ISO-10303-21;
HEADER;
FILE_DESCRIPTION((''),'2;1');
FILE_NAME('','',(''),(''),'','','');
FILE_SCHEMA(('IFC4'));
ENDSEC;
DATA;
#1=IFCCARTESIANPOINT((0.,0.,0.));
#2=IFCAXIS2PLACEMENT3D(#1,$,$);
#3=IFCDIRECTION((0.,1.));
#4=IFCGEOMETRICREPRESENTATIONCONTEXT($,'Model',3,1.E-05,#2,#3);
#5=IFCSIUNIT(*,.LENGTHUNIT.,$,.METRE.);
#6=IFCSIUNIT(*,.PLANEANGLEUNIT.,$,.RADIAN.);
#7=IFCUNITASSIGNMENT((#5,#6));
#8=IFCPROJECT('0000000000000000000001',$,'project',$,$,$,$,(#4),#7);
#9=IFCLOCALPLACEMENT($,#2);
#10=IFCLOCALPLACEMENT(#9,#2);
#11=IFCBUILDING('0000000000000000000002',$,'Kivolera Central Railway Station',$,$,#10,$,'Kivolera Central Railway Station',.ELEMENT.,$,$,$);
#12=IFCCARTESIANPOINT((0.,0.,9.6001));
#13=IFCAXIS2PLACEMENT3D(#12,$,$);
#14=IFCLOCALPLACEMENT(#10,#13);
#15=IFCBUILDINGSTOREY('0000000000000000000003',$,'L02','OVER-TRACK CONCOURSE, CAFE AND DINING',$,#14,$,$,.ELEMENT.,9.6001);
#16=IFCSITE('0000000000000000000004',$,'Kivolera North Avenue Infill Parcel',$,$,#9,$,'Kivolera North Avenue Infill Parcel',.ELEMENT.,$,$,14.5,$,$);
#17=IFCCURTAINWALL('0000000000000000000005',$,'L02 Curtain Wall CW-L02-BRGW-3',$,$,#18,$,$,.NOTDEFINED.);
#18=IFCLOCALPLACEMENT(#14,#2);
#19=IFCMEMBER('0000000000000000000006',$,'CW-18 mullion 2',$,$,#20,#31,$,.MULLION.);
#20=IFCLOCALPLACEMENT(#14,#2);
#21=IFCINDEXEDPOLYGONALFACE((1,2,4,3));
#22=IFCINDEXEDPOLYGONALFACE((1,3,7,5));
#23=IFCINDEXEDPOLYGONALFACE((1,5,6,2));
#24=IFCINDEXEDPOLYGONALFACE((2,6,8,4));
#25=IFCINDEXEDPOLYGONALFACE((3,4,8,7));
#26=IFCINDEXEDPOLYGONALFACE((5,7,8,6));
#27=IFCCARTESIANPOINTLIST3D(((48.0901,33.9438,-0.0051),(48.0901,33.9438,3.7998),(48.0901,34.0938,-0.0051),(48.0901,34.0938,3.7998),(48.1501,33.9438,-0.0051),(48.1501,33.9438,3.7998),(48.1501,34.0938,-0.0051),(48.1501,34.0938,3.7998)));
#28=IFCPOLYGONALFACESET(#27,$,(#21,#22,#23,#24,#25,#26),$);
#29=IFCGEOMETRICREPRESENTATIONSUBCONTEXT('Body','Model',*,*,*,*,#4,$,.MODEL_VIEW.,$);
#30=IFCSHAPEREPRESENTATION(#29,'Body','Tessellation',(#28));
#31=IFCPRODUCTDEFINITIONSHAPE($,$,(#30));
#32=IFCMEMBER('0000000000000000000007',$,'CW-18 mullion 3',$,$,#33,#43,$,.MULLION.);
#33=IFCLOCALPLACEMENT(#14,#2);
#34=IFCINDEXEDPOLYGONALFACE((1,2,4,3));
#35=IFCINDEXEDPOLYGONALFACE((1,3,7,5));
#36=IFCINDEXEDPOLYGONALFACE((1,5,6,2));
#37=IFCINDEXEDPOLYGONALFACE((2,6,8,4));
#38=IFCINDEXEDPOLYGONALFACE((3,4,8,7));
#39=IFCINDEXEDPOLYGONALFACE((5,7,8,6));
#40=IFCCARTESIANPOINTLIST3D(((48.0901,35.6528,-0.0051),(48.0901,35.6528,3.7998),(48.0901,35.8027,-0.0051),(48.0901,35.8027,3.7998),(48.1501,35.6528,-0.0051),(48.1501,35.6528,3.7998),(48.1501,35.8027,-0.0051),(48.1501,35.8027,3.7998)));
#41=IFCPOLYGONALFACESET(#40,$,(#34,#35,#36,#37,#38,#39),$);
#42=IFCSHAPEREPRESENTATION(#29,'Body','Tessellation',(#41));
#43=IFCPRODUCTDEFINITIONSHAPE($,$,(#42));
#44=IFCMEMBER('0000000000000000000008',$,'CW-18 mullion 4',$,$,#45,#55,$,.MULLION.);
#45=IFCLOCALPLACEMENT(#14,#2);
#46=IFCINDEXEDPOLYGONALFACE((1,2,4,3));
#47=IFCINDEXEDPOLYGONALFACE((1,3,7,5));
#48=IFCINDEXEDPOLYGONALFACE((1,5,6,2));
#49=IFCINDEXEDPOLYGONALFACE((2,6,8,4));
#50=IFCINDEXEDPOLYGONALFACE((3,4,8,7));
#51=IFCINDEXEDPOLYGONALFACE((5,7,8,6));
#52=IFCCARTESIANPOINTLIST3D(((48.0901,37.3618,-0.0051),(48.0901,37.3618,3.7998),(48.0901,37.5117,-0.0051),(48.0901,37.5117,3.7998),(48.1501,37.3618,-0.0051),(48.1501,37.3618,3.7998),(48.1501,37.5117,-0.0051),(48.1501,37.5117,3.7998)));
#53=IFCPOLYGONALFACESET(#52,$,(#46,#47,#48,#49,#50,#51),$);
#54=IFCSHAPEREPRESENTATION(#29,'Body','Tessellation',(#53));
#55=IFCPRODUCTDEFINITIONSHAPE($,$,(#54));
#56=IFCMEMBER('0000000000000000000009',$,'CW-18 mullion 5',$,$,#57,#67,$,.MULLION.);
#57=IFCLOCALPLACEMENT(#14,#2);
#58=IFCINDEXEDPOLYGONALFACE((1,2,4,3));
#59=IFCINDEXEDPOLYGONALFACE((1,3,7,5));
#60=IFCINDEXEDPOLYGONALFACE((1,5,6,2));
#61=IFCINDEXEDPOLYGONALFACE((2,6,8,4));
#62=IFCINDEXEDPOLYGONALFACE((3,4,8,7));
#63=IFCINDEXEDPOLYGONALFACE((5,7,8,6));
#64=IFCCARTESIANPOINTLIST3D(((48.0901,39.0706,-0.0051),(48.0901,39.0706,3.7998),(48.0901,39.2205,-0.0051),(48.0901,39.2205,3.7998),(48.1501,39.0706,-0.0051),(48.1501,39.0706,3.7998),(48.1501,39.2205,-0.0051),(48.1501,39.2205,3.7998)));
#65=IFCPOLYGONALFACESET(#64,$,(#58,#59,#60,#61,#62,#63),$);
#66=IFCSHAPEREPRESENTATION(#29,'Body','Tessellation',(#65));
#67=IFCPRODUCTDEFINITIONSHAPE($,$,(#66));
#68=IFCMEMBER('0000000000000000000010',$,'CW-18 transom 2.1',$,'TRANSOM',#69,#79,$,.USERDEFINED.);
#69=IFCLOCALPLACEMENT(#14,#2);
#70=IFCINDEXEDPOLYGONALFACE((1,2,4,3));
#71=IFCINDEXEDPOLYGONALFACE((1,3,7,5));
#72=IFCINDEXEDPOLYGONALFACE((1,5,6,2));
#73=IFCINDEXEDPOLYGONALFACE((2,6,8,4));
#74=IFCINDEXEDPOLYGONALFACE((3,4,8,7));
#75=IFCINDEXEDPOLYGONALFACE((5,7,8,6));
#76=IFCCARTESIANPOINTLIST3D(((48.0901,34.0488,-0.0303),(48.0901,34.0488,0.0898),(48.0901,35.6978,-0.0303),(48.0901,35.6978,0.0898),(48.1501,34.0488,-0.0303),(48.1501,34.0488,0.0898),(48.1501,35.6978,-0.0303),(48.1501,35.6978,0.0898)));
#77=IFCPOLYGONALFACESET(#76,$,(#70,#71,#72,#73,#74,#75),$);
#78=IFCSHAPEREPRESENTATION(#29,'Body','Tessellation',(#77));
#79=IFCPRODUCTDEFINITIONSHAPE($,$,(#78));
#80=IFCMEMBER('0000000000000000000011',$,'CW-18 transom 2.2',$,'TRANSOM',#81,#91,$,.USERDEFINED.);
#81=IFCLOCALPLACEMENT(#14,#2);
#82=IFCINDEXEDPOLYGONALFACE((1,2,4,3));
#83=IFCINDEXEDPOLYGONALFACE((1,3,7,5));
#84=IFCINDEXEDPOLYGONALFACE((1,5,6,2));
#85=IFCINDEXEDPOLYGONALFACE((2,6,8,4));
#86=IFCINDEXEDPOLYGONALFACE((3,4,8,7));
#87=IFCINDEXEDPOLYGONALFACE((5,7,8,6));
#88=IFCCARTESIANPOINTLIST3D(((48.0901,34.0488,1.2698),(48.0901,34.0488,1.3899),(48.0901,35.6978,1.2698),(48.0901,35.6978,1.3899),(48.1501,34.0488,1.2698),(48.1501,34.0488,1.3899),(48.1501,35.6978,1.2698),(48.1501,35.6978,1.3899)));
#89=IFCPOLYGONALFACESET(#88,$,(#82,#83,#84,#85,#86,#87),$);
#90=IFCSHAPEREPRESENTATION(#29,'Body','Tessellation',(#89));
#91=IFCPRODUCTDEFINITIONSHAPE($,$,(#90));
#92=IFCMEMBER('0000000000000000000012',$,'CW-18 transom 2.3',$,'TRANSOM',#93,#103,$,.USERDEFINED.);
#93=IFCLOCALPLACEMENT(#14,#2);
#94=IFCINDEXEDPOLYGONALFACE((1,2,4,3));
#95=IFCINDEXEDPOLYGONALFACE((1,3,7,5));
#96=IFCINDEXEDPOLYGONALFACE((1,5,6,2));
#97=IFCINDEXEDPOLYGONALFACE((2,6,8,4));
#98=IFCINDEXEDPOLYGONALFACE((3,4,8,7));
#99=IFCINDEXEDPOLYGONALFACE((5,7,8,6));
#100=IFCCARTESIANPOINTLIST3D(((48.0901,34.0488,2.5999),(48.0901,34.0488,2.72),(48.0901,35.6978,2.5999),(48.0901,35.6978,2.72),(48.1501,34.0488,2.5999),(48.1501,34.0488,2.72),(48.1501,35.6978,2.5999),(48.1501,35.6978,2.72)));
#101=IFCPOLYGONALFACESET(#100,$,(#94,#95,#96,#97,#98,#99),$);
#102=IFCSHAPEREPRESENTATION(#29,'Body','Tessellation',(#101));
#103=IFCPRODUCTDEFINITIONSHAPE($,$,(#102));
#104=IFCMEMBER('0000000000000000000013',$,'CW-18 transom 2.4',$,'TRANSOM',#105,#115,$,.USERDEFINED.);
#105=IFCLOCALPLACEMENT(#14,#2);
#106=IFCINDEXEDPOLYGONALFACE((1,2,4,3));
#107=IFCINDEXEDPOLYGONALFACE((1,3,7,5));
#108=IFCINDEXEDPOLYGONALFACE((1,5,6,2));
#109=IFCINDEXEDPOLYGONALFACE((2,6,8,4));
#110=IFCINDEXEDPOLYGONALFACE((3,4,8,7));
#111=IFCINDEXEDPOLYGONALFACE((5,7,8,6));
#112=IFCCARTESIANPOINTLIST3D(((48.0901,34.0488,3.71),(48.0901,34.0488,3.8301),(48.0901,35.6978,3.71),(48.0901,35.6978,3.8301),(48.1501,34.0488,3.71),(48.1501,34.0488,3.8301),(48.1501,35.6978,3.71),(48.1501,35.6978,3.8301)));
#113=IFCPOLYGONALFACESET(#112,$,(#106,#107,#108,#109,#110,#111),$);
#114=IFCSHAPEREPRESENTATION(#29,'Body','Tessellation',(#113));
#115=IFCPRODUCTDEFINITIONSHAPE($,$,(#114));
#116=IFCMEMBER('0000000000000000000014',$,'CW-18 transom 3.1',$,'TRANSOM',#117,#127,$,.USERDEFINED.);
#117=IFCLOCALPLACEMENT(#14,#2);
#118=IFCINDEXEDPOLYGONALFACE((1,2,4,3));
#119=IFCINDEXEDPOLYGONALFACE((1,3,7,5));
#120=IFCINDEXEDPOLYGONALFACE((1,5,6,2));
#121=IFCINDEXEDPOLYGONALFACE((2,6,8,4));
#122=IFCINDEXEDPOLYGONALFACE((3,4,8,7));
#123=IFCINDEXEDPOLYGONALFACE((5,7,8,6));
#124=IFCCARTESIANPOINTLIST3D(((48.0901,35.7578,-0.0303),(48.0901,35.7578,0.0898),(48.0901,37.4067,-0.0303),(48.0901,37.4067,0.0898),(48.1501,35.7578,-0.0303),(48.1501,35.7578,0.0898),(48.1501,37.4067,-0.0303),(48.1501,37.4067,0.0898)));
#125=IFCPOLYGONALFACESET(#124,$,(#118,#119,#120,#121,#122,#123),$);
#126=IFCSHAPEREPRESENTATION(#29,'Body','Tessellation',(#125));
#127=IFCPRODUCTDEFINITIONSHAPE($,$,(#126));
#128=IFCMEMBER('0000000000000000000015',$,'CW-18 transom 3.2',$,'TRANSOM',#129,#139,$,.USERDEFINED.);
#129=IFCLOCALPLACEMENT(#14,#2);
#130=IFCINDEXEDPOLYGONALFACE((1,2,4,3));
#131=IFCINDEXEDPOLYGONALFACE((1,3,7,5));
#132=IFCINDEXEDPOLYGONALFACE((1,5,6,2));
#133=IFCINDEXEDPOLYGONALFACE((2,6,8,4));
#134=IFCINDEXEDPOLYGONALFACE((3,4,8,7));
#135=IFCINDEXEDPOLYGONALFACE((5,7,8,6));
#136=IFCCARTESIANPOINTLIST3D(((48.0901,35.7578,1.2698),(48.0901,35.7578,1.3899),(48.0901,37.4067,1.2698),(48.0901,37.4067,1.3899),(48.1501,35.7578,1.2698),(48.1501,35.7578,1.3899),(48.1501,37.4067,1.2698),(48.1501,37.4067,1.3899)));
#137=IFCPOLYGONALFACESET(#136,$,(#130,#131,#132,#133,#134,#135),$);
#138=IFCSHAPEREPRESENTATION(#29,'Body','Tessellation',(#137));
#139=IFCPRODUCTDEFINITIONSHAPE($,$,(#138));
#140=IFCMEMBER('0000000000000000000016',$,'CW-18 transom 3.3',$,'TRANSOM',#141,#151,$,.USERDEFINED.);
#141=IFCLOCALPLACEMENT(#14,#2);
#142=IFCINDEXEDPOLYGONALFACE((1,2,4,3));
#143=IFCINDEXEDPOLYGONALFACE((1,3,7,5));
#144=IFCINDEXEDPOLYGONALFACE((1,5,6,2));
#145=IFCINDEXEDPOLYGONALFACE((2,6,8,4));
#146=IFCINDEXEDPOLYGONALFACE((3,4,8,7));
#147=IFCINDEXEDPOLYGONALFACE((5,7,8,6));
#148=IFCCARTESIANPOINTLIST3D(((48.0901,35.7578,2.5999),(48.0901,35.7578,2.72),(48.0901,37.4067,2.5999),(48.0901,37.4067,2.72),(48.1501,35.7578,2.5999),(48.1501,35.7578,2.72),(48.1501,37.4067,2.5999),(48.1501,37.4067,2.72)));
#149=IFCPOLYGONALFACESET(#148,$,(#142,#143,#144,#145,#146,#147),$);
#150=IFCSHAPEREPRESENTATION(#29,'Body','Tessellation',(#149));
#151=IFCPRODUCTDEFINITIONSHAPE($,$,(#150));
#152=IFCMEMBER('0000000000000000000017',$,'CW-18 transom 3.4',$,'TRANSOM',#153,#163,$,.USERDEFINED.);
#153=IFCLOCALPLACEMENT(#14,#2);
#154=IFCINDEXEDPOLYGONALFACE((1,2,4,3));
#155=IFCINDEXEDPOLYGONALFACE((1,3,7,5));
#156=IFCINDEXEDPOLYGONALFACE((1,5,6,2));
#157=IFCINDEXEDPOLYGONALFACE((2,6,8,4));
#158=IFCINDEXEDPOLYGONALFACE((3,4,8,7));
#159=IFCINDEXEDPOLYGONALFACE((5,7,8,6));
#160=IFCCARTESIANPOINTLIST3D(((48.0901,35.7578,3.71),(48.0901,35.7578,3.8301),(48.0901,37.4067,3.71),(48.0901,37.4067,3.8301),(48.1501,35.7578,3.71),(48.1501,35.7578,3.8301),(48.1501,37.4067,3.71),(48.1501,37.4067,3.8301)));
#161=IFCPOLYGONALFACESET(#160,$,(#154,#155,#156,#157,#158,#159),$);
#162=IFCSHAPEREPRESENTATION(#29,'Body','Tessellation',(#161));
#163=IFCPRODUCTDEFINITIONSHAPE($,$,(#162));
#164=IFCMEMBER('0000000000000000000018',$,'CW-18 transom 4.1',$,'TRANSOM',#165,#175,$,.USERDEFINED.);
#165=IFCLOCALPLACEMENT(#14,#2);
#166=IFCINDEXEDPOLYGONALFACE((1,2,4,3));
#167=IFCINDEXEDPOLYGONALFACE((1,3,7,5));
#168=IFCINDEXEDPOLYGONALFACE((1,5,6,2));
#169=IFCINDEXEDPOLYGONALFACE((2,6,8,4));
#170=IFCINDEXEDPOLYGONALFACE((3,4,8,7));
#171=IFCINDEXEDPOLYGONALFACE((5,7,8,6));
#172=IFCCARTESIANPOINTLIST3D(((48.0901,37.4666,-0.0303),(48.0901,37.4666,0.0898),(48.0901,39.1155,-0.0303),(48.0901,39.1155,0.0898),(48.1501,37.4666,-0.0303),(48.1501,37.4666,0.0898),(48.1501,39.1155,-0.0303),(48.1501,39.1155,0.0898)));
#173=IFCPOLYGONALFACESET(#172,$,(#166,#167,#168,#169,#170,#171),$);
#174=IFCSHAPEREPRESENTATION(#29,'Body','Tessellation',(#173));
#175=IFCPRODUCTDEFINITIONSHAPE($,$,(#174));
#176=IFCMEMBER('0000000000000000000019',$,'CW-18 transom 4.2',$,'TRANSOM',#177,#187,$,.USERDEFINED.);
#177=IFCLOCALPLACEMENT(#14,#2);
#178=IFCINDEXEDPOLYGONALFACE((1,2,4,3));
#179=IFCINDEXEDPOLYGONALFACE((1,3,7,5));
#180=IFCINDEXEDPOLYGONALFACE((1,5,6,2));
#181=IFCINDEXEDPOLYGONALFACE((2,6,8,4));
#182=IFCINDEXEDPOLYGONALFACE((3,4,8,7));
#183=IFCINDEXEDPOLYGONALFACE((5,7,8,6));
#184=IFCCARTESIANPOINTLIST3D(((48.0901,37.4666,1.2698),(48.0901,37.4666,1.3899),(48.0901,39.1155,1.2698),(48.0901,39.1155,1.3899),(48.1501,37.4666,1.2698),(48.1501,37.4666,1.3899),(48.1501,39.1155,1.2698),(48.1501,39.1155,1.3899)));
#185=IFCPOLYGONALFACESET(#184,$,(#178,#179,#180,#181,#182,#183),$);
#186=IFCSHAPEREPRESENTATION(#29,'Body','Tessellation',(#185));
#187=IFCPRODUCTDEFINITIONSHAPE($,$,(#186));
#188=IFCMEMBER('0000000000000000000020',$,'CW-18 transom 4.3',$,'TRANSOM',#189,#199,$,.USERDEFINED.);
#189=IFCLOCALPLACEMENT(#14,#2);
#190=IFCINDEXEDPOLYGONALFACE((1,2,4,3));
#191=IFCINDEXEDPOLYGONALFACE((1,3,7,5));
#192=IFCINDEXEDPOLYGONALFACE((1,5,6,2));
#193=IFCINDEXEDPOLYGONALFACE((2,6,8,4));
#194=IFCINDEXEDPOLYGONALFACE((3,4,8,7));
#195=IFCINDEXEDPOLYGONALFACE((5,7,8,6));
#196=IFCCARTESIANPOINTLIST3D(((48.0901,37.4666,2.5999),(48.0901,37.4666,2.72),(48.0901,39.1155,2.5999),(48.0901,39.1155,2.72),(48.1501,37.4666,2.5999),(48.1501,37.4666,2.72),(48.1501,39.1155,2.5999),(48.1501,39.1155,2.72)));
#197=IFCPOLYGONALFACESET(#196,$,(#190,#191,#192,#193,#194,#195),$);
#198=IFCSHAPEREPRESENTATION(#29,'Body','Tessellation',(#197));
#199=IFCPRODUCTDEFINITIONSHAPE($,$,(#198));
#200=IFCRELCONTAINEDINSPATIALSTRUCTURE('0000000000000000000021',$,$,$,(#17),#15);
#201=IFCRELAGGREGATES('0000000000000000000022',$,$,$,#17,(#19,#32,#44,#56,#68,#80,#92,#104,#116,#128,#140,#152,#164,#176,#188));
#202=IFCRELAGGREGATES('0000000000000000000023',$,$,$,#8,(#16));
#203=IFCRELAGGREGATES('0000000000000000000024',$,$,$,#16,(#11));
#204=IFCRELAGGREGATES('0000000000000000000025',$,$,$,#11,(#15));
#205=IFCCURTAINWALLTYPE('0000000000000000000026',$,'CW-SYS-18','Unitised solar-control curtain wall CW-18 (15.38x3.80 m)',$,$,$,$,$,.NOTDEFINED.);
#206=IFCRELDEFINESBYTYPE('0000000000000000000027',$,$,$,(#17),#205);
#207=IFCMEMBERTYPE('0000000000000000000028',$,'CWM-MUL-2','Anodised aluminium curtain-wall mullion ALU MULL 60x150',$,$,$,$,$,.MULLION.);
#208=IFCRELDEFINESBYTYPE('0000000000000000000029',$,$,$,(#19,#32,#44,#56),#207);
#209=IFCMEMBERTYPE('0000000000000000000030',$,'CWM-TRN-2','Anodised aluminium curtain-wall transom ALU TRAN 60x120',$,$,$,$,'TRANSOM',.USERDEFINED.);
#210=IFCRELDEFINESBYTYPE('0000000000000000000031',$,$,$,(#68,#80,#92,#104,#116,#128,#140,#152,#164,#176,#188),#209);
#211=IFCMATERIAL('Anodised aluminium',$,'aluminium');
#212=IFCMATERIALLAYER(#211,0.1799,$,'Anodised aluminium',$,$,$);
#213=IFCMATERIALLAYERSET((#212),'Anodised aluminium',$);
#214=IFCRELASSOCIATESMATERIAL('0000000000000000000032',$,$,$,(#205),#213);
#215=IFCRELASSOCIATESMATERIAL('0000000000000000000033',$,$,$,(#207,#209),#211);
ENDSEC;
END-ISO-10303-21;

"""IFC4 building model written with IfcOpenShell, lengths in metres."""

from ifc_helpers import new_model, si_unit, direction, frame, origin, origin_2d, place, context, subcontext, project, spatial, rectangle, extrude, material, layer, layer_set, material_profile, profile_set, type_object, element, aggregate, save


model = new_model("IFC4")

# Units and contexts
model_context = context("Model", 3, precision=1e-05, world=origin(), true_north=direction((0.0, 1.0)))
body_context = subcontext(model_context, "Body", "Model", "MODEL_VIEW")
ifc_project = project(units=[si_unit("LENGTHUNIT", "METRE"), si_unit("PLANEANGLEUNIT", "RADIAN")], contexts=[model_context])

# Site, building, storey
site_placement = place(None, origin())
site = spatial("IfcSite", under=ifc_project, at=site_placement, Name="Kivolera North Avenue Infill Parcel", LongName="Kivolera North Avenue Infill Parcel", CompositionType="ELEMENT", RefElevation=14.5)
building_placement = place(site_placement, origin())
building = spatial("IfcBuilding", under=site, at=building_placement, Name="Kivolera Central Railway Station", LongName="Kivolera Central Railway Station", CompositionType="ELEMENT")
storey_placement = place(building_placement, frame((0.0, 0.0, 9.6001)))
storey = spatial("IfcBuildingStorey", under=building, at=storey_placement, Name="L02", Description="OVER-TRACK CONCOURSE, CAFE AND DINING", CompositionType="ELEMENT", Elevation=9.6001)

# Curtain wall, members
ifc_material_1 = material(Name="Anodised aluminium", Category="aluminium")
ifc_layer_1 = layer(ifc_material_1, 0.1799, Name="Anodised aluminium")
ifc_layer_set_1 = layer_set([ifc_layer_1], Name="Anodised aluminium")
curtain_wall_type = type_object("IfcCurtainWallType", Name="CW-SYS-18", Description="Unitised solar-control curtain wall CW-18 (15.38x3.80 m)", PredefinedType="NOTDEFINED", material=ifc_layer_set_1)
curtain_wall_placement = place(storey_placement, origin())
curtain_wall = element("IfcCurtainWall", 1, at=curtain_wall_placement, inside=storey, type_object=curtain_wall_type, Name="L02 Curtain Wall CW-L02-BRGW-3", PredefinedType="NOTDEFINED")
ifc_material_profile_1 = material_profile(ifc_material_1, rectangle(XDim=0.0601, YDim=0.1499, at=origin_2d()), Name="ALU MULL 60x150")
ifc_profile_set_1 = profile_set([ifc_material_profile_1], Name="Anodised aluminium")
member_type_1 = type_object("IfcMemberType", Name="CWM-MUL-2", Description="Anodised aluminium curtain-wall mullion ALU MULL 60x150", PredefinedType="MULLION", material=ifc_profile_set_1)
member_1_placement = place(storey_placement, frame((48.1201, 34.0188, -0.0051), z_axis=(0.0, 0.0, 1.0), x_axis=(-1.0, 0.0, 0.0)))
member_1 = element("IfcMember", 2, at=member_1_placement, type_object=member_type_1, Name="CW-18 mullion 2", PredefinedType="MULLION", context=body_context, shape_type="SweptSolid", body=[
    extrude(rectangle(XDim=0.0601, YDim=0.1499, at=origin_2d()), origin(), (0.0, 0.0, 1.0), 3.8049),
])
member_2_placement = place(storey_placement, frame((48.1201, 35.7278, -0.0051), z_axis=(0.0, 0.0, 1.0), x_axis=(-1.0, 0.0, 0.0)))
member_2 = element("IfcMember", 3, at=member_2_placement, type_object=member_type_1, Name="CW-18 mullion 3", PredefinedType="MULLION", context=body_context, shape_type="SweptSolid", body=[
    extrude(rectangle(XDim=0.0601, YDim=0.1499, at=origin_2d()), origin(), (0.0, 0.0, 1.0), 3.8049),
])
member_3_placement = place(storey_placement, frame((48.1201, 37.4368, -0.0051), z_axis=(0.0, 0.0, 1.0), x_axis=(-1.0, 0.0, 0.0)))
member_3 = element("IfcMember", 4, at=member_3_placement, type_object=member_type_1, Name="CW-18 mullion 4", PredefinedType="MULLION", context=body_context, shape_type="SweptSolid", body=[
    extrude(rectangle(XDim=0.0601, YDim=0.1499, at=origin_2d()), origin(), (0.0, 0.0, 1.0), 3.8049),
])
member_4_placement = place(storey_placement, frame((48.1201, 39.1455, -0.0051), z_axis=(0.0, 0.0, 1.0), x_axis=(-1.0, 0.0, 0.0)))
member_4 = element("IfcMember", 5, at=member_4_placement, type_object=member_type_1, Name="CW-18 mullion 5", PredefinedType="MULLION", context=body_context, shape_type="SweptSolid", body=[
    extrude(rectangle(XDim=0.0601, YDim=0.1499, at=origin_2d()), origin(), (0.0, 0.0, 1.0), 3.8049),
])
ifc_material_profile_2 = material_profile(ifc_material_1, rectangle(XDim=0.0601, YDim=0.1201, at=origin_2d()), Name="ALU TRAN 60x120")
ifc_profile_set_2 = profile_set([ifc_material_profile_2], Name="Anodised aluminium")
member_type_2 = type_object("IfcMemberType", Name="CWM-TRN-2", Description="Anodised aluminium curtain-wall transom ALU TRAN 60x120", ElementType="TRANSOM", PredefinedType="USERDEFINED", material=ifc_profile_set_2)
member_5_placement = place(storey_placement, frame((48.1201, 34.0488, 0.0298), z_axis=(0.0, 1.0, 0.0), x_axis=(-1.0, 0.0, 0.0)))
member_5 = element("IfcMember", 6, at=member_5_placement, type_object=member_type_2, Name="CW-18 transom 2.1", ObjectType="TRANSOM", PredefinedType="USERDEFINED", context=body_context, shape_type="SweptSolid", body=[
    extrude(rectangle(XDim=0.0601, YDim=0.1201, at=origin_2d()), origin(), (0.0, 0.0, 1.0), 1.6489),
])
member_6_placement = place(storey_placement, frame((48.1201, 34.0488, 1.3298), z_axis=(0.0, 1.0, 0.0), x_axis=(-1.0, 0.0, 0.0)))
member_6 = element("IfcMember", 7, at=member_6_placement, type_object=member_type_2, Name="CW-18 transom 2.2", ObjectType="TRANSOM", PredefinedType="USERDEFINED", context=body_context, shape_type="SweptSolid", body=[
    extrude(rectangle(XDim=0.0601, YDim=0.1201, at=origin_2d()), origin(), (0.0, 0.0, 1.0), 1.6489),
])
member_7_placement = place(storey_placement, frame((48.1201, 34.0488, 2.6599), z_axis=(0.0, 1.0, 0.0), x_axis=(-1.0, 0.0, 0.0)))
member_7 = element("IfcMember", 8, at=member_7_placement, type_object=member_type_2, Name="CW-18 transom 2.3", ObjectType="TRANSOM", PredefinedType="USERDEFINED", context=body_context, shape_type="SweptSolid", body=[
    extrude(rectangle(XDim=0.0601, YDim=0.1201, at=origin_2d()), origin(), (0.0, 0.0, 1.0), 1.6489),
])
member_8_placement = place(storey_placement, frame((48.1201, 34.0488, 3.77), z_axis=(0.0, 1.0, 0.0), x_axis=(-1.0, 0.0, 0.0)))
member_8 = element("IfcMember", 9, at=member_8_placement, type_object=member_type_2, Name="CW-18 transom 2.4", ObjectType="TRANSOM", PredefinedType="USERDEFINED", context=body_context, shape_type="SweptSolid", body=[
    extrude(rectangle(XDim=0.0601, YDim=0.1201, at=origin_2d()), origin(), (0.0, 0.0, 1.0), 1.6489),
])
member_9_placement = place(storey_placement, frame((48.1201, 35.7578, 0.0298), z_axis=(0.0, 1.0, 0.0), x_axis=(-1.0, 0.0, 0.0)))
member_9 = element("IfcMember", 10, at=member_9_placement, type_object=member_type_2, Name="CW-18 transom 3.1", ObjectType="TRANSOM", PredefinedType="USERDEFINED", context=body_context, shape_type="SweptSolid", body=[
    extrude(rectangle(XDim=0.0601, YDim=0.1201, at=origin_2d()), origin(), (0.0, 0.0, 1.0), 1.6489),
])
member_10_placement = place(storey_placement, frame((48.1201, 35.7578, 1.3298), z_axis=(0.0, 1.0, 0.0), x_axis=(-1.0, 0.0, 0.0)))
member_10 = element("IfcMember", 11, at=member_10_placement, type_object=member_type_2, Name="CW-18 transom 3.2", ObjectType="TRANSOM", PredefinedType="USERDEFINED", context=body_context, shape_type="SweptSolid", body=[
    extrude(rectangle(XDim=0.0601, YDim=0.1201, at=origin_2d()), origin(), (0.0, 0.0, 1.0), 1.6489),
])
member_11_placement = place(storey_placement, frame((48.1201, 35.7578, 2.6599), z_axis=(0.0, 1.0, 0.0), x_axis=(-1.0, 0.0, 0.0)))
member_11 = element("IfcMember", 12, at=member_11_placement, type_object=member_type_2, Name="CW-18 transom 3.3", ObjectType="TRANSOM", PredefinedType="USERDEFINED", context=body_context, shape_type="SweptSolid", body=[
    extrude(rectangle(XDim=0.0601, YDim=0.1201, at=origin_2d()), origin(), (0.0, 0.0, 1.0), 1.6489),
])
member_12_placement = place(storey_placement, frame((48.1201, 35.7578, 3.77), z_axis=(0.0, 1.0, 0.0), x_axis=(-1.0, 0.0, 0.0)))
member_12 = element("IfcMember", 13, at=member_12_placement, type_object=member_type_2, Name="CW-18 transom 3.4", ObjectType="TRANSOM", PredefinedType="USERDEFINED", context=body_context, shape_type="SweptSolid", body=[
    extrude(rectangle(XDim=0.0601, YDim=0.1201, at=origin_2d()), origin(), (0.0, 0.0, 1.0), 1.6489),
])
member_13_placement = place(storey_placement, frame((48.1201, 37.4666, 0.0298), z_axis=(0.0, 1.0, 0.0), x_axis=(-1.0, 0.0, 0.0)))
member_13 = element("IfcMember", 14, at=member_13_placement, type_object=member_type_2, Name="CW-18 transom 4.1", ObjectType="TRANSOM", PredefinedType="USERDEFINED", context=body_context, shape_type="SweptSolid", body=[
    extrude(rectangle(XDim=0.0601, YDim=0.1201, at=origin_2d()), origin(), (0.0, 0.0, 1.0), 1.6489),
])
member_14_placement = place(storey_placement, frame((48.1201, 37.4666, 1.3298), z_axis=(0.0, 1.0, 0.0), x_axis=(-1.0, 0.0, 0.0)))
member_14 = element("IfcMember", 15, at=member_14_placement, type_object=member_type_2, Name="CW-18 transom 4.2", ObjectType="TRANSOM", PredefinedType="USERDEFINED", context=body_context, shape_type="SweptSolid", body=[
    extrude(rectangle(XDim=0.0601, YDim=0.1201, at=origin_2d()), origin(), (0.0, 0.0, 1.0), 1.6489),
])
member_15_placement = place(storey_placement, frame((48.1201, 37.4666, 2.6599), z_axis=(0.0, 1.0, 0.0), x_axis=(-1.0, 0.0, 0.0)))
member_15 = element("IfcMember", 16, at=member_15_placement, type_object=member_type_2, Name="CW-18 transom 4.3", ObjectType="TRANSOM", PredefinedType="USERDEFINED", context=body_context, shape_type="SweptSolid", body=[
    extrude(rectangle(XDim=0.0601, YDim=0.1201, at=origin_2d()), origin(), (0.0, 0.0, 1.0), 1.6489),
])
aggregate(curtain_wall, [member_1, member_2, member_3, member_4, member_5, member_6, member_7, member_8, member_9, member_10, member_11, member_12, member_13, member_14, member_15])

save(model, "model.ifc")
